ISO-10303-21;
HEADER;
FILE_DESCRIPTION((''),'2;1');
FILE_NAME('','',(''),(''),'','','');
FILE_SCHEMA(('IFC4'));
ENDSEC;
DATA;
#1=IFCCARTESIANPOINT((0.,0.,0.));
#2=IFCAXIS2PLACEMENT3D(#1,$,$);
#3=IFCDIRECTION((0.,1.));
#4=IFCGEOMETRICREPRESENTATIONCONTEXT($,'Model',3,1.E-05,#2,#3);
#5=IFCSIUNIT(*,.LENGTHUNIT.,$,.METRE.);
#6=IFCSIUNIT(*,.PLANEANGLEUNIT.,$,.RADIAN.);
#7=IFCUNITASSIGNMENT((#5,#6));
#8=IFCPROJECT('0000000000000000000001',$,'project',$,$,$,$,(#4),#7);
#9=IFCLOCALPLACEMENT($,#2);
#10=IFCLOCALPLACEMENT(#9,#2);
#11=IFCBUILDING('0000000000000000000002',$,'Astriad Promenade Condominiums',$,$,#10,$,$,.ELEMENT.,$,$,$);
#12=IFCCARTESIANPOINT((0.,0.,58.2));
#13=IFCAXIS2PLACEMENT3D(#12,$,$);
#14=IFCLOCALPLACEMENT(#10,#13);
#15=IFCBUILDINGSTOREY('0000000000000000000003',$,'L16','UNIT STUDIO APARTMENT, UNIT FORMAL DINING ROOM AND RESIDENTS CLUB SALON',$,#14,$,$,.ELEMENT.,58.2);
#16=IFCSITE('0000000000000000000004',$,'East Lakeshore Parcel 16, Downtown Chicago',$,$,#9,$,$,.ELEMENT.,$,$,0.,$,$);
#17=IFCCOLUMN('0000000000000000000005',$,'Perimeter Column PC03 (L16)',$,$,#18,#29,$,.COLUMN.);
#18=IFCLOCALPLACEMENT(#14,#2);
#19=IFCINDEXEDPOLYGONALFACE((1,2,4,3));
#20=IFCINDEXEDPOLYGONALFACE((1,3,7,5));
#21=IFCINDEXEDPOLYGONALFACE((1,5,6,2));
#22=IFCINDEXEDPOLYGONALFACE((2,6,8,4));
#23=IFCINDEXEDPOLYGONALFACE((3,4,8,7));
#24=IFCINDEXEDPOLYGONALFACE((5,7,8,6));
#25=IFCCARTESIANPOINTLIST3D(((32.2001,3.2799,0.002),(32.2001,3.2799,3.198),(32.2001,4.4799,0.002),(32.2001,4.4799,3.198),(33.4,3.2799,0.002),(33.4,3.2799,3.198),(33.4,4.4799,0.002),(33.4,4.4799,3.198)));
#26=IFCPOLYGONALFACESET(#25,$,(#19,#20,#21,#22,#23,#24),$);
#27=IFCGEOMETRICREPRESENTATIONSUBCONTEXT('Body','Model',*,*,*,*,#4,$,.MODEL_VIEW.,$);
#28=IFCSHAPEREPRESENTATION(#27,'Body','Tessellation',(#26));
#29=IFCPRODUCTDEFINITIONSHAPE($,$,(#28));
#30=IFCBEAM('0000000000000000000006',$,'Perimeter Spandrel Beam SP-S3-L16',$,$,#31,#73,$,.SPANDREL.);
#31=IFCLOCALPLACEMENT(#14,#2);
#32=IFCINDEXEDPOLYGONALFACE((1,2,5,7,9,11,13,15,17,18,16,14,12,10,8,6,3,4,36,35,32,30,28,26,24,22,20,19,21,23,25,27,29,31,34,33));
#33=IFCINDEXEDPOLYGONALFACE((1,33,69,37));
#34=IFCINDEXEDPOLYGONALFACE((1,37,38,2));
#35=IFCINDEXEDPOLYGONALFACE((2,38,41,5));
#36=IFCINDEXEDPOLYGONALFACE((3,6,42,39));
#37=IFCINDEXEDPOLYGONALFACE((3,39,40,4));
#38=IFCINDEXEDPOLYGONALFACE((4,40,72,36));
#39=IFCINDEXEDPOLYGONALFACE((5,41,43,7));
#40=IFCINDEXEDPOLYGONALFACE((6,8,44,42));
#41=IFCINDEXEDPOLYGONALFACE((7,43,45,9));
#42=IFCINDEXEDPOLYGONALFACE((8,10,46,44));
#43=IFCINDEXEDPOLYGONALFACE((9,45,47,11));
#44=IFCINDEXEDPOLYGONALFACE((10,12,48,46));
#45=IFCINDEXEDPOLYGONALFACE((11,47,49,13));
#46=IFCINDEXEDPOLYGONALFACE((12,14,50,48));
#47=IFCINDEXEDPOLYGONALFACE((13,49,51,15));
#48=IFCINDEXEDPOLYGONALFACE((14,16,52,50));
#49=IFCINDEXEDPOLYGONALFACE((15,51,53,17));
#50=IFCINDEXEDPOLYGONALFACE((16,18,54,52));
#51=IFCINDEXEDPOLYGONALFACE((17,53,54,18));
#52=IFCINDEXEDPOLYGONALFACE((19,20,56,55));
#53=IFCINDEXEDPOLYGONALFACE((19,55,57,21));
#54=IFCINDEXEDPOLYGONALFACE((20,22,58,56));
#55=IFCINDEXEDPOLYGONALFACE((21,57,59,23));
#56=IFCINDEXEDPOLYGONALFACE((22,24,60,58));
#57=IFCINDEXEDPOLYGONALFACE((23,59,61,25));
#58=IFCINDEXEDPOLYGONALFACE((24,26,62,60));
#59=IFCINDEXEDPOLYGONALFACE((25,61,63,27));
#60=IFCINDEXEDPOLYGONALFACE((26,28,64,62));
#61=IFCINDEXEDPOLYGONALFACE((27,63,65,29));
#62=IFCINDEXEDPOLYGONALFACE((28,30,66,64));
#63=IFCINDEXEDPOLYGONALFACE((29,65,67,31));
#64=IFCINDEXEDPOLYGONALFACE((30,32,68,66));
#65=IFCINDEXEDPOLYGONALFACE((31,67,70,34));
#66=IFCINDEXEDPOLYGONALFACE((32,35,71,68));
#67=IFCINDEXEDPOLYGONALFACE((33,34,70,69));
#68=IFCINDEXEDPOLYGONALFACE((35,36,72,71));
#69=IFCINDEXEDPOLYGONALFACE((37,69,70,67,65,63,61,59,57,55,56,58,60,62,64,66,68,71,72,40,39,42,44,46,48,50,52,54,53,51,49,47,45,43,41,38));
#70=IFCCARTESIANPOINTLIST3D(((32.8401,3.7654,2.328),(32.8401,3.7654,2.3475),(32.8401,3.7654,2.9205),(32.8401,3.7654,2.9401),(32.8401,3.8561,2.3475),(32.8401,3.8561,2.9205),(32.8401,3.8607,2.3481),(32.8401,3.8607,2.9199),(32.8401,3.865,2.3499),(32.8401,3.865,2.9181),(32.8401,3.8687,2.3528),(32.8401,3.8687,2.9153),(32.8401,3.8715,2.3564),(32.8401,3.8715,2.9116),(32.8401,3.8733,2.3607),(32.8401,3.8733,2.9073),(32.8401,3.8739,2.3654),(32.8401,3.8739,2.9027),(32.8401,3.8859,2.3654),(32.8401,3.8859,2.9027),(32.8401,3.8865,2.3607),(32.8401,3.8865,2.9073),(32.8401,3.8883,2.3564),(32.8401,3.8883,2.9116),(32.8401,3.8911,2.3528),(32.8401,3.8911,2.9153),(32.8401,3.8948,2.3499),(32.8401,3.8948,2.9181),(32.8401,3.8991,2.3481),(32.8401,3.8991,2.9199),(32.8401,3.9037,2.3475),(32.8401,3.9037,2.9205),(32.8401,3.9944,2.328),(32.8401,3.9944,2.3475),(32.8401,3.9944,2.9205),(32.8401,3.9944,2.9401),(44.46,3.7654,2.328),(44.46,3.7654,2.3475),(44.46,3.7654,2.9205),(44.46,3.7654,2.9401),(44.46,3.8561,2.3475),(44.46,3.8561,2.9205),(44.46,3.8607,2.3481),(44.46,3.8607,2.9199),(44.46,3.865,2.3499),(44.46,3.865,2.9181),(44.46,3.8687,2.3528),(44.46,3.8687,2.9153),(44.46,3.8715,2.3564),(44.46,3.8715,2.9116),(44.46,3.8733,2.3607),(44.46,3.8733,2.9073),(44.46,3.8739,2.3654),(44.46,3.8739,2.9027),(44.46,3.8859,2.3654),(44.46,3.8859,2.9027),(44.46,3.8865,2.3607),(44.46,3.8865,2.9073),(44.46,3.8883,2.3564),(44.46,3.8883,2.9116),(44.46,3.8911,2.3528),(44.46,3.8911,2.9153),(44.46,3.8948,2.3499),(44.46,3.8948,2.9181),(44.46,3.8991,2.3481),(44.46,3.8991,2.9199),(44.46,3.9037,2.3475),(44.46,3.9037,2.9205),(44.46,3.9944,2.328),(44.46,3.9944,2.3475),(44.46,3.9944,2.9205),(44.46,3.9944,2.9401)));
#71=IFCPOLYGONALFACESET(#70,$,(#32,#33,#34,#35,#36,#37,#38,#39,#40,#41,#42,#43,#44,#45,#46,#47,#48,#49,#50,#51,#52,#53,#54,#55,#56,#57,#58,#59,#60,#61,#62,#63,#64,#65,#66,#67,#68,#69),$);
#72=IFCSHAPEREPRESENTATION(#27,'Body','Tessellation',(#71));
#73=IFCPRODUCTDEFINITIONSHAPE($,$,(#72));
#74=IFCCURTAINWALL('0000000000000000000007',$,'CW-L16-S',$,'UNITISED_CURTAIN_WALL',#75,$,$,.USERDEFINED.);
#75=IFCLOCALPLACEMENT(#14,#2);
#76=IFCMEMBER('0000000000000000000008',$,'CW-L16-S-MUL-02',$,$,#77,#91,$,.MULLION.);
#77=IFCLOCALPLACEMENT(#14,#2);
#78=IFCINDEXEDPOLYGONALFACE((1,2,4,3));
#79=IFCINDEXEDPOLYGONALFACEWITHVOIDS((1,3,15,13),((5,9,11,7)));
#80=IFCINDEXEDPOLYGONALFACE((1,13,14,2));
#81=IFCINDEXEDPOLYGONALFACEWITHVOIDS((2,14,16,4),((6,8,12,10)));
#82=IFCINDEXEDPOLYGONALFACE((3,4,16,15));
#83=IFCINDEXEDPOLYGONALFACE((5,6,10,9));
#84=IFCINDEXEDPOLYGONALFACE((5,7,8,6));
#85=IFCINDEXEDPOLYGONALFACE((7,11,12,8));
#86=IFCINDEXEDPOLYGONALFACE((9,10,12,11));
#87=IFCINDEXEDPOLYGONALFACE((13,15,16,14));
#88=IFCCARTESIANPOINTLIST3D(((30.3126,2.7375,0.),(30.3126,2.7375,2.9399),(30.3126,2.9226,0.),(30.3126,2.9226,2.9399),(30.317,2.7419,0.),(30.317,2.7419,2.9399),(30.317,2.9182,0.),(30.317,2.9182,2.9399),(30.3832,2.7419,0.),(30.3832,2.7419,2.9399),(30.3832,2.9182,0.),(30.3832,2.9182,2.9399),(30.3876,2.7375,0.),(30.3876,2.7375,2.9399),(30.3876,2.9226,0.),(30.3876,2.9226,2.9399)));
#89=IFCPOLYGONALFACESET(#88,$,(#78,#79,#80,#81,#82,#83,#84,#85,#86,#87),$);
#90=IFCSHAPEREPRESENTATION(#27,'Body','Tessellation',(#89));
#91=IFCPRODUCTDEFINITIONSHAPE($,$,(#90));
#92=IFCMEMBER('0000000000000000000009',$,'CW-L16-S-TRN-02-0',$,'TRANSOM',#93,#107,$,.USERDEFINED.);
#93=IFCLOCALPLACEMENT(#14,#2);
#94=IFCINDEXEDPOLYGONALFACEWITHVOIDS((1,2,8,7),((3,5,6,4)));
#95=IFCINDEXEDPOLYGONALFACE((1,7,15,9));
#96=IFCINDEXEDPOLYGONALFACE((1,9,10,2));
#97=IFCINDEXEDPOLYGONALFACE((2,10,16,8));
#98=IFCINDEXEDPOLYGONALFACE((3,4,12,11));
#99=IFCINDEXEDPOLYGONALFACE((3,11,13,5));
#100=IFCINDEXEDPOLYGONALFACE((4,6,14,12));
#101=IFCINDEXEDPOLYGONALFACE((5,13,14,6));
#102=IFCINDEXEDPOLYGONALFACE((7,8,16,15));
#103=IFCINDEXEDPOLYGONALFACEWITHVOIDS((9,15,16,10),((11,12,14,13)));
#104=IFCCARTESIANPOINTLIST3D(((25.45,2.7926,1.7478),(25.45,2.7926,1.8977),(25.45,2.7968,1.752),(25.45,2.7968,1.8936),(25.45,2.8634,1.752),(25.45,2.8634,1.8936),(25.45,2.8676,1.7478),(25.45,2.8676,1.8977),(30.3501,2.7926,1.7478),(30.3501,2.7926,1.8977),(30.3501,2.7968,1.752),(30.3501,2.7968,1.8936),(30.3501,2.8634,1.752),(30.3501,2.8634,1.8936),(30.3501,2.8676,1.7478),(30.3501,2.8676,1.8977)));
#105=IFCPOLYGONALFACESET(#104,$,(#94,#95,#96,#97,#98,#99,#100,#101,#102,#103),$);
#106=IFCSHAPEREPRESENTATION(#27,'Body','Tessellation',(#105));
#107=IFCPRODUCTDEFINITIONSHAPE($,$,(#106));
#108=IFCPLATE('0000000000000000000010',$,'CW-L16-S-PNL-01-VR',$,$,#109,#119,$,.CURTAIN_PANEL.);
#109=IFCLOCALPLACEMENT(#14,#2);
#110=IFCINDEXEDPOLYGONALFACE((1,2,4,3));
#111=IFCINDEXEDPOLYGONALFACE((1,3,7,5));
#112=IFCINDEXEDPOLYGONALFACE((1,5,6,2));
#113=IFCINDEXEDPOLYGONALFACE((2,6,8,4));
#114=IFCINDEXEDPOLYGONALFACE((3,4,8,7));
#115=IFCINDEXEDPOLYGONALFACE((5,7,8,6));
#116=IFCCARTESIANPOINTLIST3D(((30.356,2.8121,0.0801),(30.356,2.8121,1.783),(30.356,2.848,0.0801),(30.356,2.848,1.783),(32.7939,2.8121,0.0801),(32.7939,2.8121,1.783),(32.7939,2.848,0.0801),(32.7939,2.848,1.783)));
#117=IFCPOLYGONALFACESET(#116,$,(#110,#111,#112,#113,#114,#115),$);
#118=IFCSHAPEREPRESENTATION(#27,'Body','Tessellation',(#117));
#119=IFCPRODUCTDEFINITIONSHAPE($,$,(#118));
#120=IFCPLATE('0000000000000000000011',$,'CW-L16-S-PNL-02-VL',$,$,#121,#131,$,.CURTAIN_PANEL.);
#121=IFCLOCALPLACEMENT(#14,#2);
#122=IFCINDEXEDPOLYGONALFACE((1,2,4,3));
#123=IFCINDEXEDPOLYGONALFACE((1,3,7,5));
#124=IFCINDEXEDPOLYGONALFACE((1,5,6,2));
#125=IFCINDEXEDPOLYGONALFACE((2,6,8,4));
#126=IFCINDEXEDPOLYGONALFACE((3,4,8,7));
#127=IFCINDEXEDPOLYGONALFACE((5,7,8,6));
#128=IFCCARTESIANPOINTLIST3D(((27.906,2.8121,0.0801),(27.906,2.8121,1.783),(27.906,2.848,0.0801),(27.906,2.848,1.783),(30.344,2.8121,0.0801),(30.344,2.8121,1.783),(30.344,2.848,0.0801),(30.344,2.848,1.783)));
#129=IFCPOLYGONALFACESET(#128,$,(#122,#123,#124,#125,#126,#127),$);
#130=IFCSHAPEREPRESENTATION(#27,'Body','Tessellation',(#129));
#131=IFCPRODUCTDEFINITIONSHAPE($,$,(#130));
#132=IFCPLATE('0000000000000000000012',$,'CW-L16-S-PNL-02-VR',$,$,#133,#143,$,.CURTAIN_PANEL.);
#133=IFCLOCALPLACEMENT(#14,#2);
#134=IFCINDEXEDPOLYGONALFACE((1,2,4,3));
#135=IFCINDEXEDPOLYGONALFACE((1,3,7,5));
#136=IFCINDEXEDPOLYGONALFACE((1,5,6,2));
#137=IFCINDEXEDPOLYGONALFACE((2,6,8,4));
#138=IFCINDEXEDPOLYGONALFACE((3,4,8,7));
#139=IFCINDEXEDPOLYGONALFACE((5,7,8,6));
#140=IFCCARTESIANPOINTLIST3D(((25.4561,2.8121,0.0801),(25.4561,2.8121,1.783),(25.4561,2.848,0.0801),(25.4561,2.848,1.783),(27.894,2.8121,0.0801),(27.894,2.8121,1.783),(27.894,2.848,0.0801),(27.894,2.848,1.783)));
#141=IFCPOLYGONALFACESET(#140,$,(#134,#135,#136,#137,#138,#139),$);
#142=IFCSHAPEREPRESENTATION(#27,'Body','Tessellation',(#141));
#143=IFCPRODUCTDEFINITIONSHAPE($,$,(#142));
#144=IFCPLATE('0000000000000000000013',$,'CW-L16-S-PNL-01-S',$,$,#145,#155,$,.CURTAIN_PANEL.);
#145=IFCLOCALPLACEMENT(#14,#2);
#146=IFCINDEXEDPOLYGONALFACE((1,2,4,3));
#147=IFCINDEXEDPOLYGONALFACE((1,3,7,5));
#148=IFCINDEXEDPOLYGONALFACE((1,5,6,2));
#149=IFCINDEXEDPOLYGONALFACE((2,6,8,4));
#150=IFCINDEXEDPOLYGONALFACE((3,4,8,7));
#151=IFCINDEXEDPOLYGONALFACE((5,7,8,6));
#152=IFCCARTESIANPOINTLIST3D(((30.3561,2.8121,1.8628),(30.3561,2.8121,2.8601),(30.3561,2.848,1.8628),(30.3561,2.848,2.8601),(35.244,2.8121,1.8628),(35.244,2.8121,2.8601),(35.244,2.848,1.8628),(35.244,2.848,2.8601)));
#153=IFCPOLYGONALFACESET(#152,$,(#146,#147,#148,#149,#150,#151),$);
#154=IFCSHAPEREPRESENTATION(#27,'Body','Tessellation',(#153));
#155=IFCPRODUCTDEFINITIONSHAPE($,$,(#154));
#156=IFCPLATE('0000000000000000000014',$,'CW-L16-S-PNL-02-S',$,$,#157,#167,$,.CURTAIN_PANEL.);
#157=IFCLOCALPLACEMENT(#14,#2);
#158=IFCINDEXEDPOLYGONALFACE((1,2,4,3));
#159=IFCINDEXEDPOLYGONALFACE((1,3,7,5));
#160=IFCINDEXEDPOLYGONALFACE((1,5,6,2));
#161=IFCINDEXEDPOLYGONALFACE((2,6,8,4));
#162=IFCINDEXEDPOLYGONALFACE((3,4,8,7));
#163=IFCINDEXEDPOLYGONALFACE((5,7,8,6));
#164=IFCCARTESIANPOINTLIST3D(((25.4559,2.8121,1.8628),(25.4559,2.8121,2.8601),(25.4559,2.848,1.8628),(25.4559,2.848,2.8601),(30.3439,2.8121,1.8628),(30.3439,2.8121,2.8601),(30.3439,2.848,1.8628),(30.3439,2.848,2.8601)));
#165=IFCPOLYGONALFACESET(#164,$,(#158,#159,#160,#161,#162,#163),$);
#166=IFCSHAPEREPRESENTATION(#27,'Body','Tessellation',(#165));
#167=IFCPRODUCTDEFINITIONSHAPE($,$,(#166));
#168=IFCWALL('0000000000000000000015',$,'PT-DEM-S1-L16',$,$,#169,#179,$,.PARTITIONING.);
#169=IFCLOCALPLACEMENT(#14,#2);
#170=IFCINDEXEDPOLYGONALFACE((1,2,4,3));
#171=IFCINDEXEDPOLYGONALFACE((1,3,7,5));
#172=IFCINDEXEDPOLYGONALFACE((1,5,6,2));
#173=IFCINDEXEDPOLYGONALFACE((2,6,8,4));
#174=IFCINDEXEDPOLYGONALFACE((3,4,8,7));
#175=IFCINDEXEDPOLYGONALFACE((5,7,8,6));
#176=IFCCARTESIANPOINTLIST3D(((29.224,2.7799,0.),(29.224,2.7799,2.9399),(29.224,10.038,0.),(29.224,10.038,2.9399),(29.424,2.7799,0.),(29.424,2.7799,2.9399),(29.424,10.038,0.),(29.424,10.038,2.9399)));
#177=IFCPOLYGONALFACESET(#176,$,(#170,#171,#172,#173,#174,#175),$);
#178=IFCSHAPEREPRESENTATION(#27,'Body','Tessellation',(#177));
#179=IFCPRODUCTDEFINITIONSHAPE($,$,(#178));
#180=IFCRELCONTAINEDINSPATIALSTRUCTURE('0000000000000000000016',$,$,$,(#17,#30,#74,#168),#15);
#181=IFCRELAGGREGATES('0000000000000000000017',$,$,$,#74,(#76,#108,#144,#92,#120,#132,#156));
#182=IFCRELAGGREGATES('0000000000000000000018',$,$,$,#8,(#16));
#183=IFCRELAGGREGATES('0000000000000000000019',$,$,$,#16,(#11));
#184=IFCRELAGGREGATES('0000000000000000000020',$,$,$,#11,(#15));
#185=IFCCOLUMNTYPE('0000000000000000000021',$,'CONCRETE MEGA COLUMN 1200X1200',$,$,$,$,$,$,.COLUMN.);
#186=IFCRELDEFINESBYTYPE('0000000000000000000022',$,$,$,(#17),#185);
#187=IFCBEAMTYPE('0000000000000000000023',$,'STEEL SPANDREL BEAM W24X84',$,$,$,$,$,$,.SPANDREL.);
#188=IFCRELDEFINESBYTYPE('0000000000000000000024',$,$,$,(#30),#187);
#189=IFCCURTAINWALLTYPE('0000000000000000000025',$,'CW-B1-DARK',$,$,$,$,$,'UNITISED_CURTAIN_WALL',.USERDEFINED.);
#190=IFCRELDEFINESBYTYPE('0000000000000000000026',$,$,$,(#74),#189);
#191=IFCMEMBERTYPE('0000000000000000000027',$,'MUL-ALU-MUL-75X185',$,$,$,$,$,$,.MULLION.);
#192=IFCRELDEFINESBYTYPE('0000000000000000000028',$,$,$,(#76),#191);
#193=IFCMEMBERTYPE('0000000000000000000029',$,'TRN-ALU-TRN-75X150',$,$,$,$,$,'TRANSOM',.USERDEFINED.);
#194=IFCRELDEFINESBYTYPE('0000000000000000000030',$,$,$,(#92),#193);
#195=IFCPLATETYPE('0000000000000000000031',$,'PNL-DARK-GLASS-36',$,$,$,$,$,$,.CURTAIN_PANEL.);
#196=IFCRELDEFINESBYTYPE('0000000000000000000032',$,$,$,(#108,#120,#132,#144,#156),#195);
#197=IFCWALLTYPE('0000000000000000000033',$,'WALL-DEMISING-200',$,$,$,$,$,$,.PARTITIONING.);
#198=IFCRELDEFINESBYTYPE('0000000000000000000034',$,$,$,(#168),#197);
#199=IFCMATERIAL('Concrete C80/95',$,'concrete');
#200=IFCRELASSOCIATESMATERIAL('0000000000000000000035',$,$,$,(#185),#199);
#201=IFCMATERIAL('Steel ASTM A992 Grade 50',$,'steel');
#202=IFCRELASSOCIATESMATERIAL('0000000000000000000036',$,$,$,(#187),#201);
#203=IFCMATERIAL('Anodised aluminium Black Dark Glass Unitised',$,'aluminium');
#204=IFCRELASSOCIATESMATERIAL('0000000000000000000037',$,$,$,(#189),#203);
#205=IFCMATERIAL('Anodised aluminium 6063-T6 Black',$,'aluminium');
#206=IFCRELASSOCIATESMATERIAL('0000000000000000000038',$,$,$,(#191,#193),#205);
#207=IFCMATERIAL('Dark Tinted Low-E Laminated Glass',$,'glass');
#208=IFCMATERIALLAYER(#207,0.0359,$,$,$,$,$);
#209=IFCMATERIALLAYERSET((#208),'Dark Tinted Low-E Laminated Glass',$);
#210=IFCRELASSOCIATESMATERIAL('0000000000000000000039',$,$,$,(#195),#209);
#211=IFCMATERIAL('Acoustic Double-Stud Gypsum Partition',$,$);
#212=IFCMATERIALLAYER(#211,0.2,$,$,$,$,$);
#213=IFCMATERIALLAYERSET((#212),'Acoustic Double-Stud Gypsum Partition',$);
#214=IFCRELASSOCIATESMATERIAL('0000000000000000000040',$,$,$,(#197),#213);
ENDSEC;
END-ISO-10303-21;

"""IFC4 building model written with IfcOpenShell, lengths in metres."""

from ifc_helpers import new_model, si_unit, direction, frame, frame_2d, origin, origin_2d, place, context, subcontext, project, spatial, rectangle, hollow_rectangle, i_section, extrude, source, transform, mapped, material, layer, layer_set, material_profile, profile_set, type_object, type_shapes, element, aggregate, save


model = new_model("IFC4")

# Units and contexts
model_context = context("Model", 3, precision=1e-05, world=origin(), true_north=direction((0.0, 1.0)))
body_context = subcontext(model_context, "Body", "Model", "MODEL_VIEW")
ifc_project = project(units=[si_unit("LENGTHUNIT", "METRE"), si_unit("PLANEANGLEUNIT", "RADIAN")], contexts=[model_context])

# Site, building, storey
site_placement = place(None, origin())
site = spatial("IfcSite", under=ifc_project, at=site_placement, Name="East Lakeshore Parcel 16, Downtown Chicago", CompositionType="ELEMENT", RefElevation=0.0)
building_placement = place(site_placement, origin())
building = spatial("IfcBuilding", under=site, at=building_placement, Name="Astriad Promenade Condominiums", CompositionType="ELEMENT")
storey_placement = place(building_placement, frame((0.0, 0.0, 58.2)))
storey = spatial("IfcBuildingStorey", under=building, at=storey_placement, Name="L16", Description="UNIT STUDIO APARTMENT, UNIT FORMAL DINING ROOM AND RESIDENTS CLUB SALON", CompositionType="ELEMENT", Elevation=58.2)

# Column
ifc_material_1 = material(Name="Concrete C80/95", Category="concrete")
ifc_material_profile_1 = material_profile(ifc_material_1, rectangle(XDim=1.2, YDim=1.2, at=origin_2d()), Name="RC-COL-1200X1200")
ifc_profile_set_1 = profile_set([ifc_material_profile_1], Name="Concrete C80/95")
column_type = type_object("IfcColumnType", Name="CONCRETE MEGA COLUMN 1200X1200", PredefinedType="COLUMN", material=ifc_profile_set_1)
shared_shape_1 = source(origin(), body_context, "Body", "SweptSolid", [
    extrude(rectangle(XDim=1.2, YDim=1.2, at=origin_2d()), origin(), (0.0, 0.0, 1.0), 3.196),
])
type_shapes(column_type, [shared_shape_1])
column_placement = place(storey_placement, frame((32.8, 3.8799, 0.002), z_axis=(0.0, 0.0, 1.0), x_axis=(1.0, 0.0, 0.0)))
element("IfcColumn", 1, at=column_placement, inside=storey, type_object=column_type, Name="Perimeter Column PC03 (L16)", PredefinedType="COLUMN", context=body_context, shape_type="MappedRepresentation", body=[
    mapped(shared_shape_1, transform((0.0, 0.0, 0.0), scale=1.0)),
])

# Beam
ifc_material_2 = material(Name="Steel ASTM A992 Grade 50", Category="steel")
ifc_material_profile_2 = material_profile(ifc_material_2, i_section(OverallWidth=0.229, OverallDepth=0.6121, WebThickness=0.012, FlangeThickness=0.0195, FilletRadius=0.0178, at=origin_2d()), Name="W24X84")
ifc_profile_set_2 = profile_set([ifc_material_profile_2], Name="Steel ASTM A992 Grade 50")
beam_type = type_object("IfcBeamType", Name="STEEL SPANDREL BEAM W24X84", PredefinedType="SPANDREL", material=ifc_profile_set_2)
shared_shape_2 = source(origin(), body_context, "Body", "SweptSolid", [
    extrude(i_section(OverallWidth=0.229, OverallDepth=0.6121, WebThickness=0.012, FlangeThickness=0.0195, FilletRadius=0.0178, at=origin_2d()), origin(), (0.0, 0.0, 1.0), 11.6199),
])
type_shapes(beam_type, [shared_shape_2])
beam_placement = place(storey_placement, frame((32.8401, 3.8799, 2.634), z_axis=(1.0, 0.0, 0.0), x_axis=(0.0, 1.0, 0.0)))
element("IfcBeam", 2, at=beam_placement, inside=storey, type_object=beam_type, Name="Perimeter Spandrel Beam SP-S3-L16", PredefinedType="SPANDREL", context=body_context, shape_type="MappedRepresentation", body=[
    mapped(shared_shape_2, transform((0.0, 0.0, 0.0), scale=1.0)),
])

# Curtain wall, members, plates
ifc_material_3 = material(Name="Anodised aluminium Black Dark Glass Unitised", Category="aluminium")
curtain_wall_type = type_object("IfcCurtainWallType", Name="CW-B1-DARK", ElementType="UNITISED_CURTAIN_WALL", PredefinedType="USERDEFINED", material=ifc_material_3)
curtain_wall_placement = place(storey_placement, origin())
curtain_wall = element("IfcCurtainWall", 3, at=curtain_wall_placement, inside=storey, type_object=curtain_wall_type, Name="CW-L16-S", ObjectType="UNITISED_CURTAIN_WALL", PredefinedType="USERDEFINED")
ifc_material_4 = material(Name="Anodised aluminium 6063-T6 Black", Category="aluminium")
ifc_material_profile_3 = material_profile(ifc_material_4, hollow_rectangle(XDim=0.075, YDim=0.1851, WallThickness=0.0044, at=origin_2d()), Name="ALU-MUL-75X185")
ifc_profile_set_3 = profile_set([ifc_material_profile_3], Name="Anodised aluminium 6063-T6 Black")
member_type_1 = type_object("IfcMemberType", Name="MUL-ALU-MUL-75X185", PredefinedType="MULLION", material=ifc_profile_set_3)
shared_shape_3 = source(origin(), body_context, "Body", "SweptSolid", [
    extrude(hollow_rectangle(XDim=0.075, YDim=0.1851, WallThickness=0.0044, at=origin_2d()), origin(), (0.0, 0.0, 1.0), 2.9399),
])
type_shapes(member_type_1, [shared_shape_3])
member_1_placement = place(storey_placement, frame((30.3501, 2.8301, 0.0), z_axis=(0.0, 0.0, 1.0), x_axis=(1.0, 0.0, 0.0)))
member_1 = element("IfcMember", 4, at=member_1_placement, type_object=member_type_1, Name="CW-L16-S-MUL-02", PredefinedType="MULLION", context=body_context, shape_type="MappedRepresentation", body=[
    mapped(shared_shape_3, transform((0.0, 0.0, 0.0), scale=1.0)),
])
ifc_material_profile_4 = material_profile(ifc_material_4, hollow_rectangle(XDim=0.075, YDim=0.1499, WallThickness=0.0042, at=origin_2d()), Name="ALU-TRN-75X150")
ifc_profile_set_4 = profile_set([ifc_material_profile_4], Name="Anodised aluminium 6063-T6 Black")
member_type_2 = type_object("IfcMemberType", Name="TRN-ALU-TRN-75X150", ElementType="TRANSOM", PredefinedType="USERDEFINED", material=ifc_profile_set_4)
shared_shape_4 = source(origin(), body_context, "Body", "SweptSolid", [
    extrude(hollow_rectangle(XDim=0.075, YDim=0.1499, WallThickness=0.0042, at=origin_2d()), origin(), (0.0, 0.0, 1.0), 4.9001),
])
type_shapes(member_type_2, [shared_shape_4])
member_2_placement = place(storey_placement, frame((30.3501, 2.8301, 1.8228), z_axis=(-1.0, 0.0, 0.0), x_axis=(0.0, -1.0, 0.0)))
member_2 = element("IfcMember", 5, at=member_2_placement, type_object=member_type_2, Name="CW-L16-S-TRN-02-0", ObjectType="TRANSOM", PredefinedType="USERDEFINED", context=body_context, shape_type="MappedRepresentation", body=[
    mapped(shared_shape_4, transform((0.0, 0.0, 0.0), scale=1.0)),
])
ifc_material_5 = material(Name="Dark Tinted Low-E Laminated Glass", Category="glass")
ifc_layer_1 = layer(ifc_material_5, 0.0359)
ifc_layer_set_1 = layer_set([ifc_layer_1], Name="Dark Tinted Low-E Laminated Glass")
plate_type = type_object("IfcPlateType", Name="PNL-DARK-GLASS-36", PredefinedType="CURTAIN_PANEL", material=ifc_layer_set_1)
shared_shape_5 = source(origin(), body_context, "Body", "SweptSolid", [
    extrude(rectangle(XDim=2.438, YDim=0.0359, at=origin_2d()), origin(), (0.0, 0.0, 1.0), 1.7029),
])
plate_1_placement = place(storey_placement, frame((31.575, 2.8301, 0.0801), z_axis=(0.0, 0.0, 1.0), x_axis=(-1.0, 0.0, 0.0)))
plate_1 = element("IfcPlate", 6, at=plate_1_placement, type_object=plate_type, Name="CW-L16-S-PNL-01-VR", PredefinedType="CURTAIN_PANEL", context=body_context, shape_type="MappedRepresentation", body=[
    mapped(shared_shape_5, transform((0.0, 0.0, 0.0), scale=1.0)),
])
plate_2_placement = place(storey_placement, frame((29.125, 2.8301, 0.0801), z_axis=(0.0, 0.0, 1.0), x_axis=(-1.0, 0.0, 0.0)))
plate_2 = element("IfcPlate", 7, at=plate_2_placement, type_object=plate_type, Name="CW-L16-S-PNL-02-VL", PredefinedType="CURTAIN_PANEL", context=body_context, shape_type="MappedRepresentation", body=[
    mapped(shared_shape_5, transform((0.0, 0.0, 0.0), scale=1.0)),
])
plate_3_placement = place(storey_placement, frame((26.675, 2.8301, 0.0801), z_axis=(0.0, 0.0, 1.0), x_axis=(-1.0, 0.0, 0.0)))
plate_3 = element("IfcPlate", 8, at=plate_3_placement, type_object=plate_type, Name="CW-L16-S-PNL-02-VR", PredefinedType="CURTAIN_PANEL", context=body_context, shape_type="MappedRepresentation", body=[
    mapped(shared_shape_5, transform((0.0, 0.0, 0.0), scale=1.0)),
])
shared_shape_6 = source(origin(), body_context, "Body", "SweptSolid", [
    extrude(rectangle(XDim=4.8879, YDim=0.0359, at=origin_2d()), origin(), (0.0, 0.0, 1.0), 0.9973),
])
type_shapes(plate_type, [shared_shape_5, shared_shape_6])
plate_4_placement = place(storey_placement, frame((32.8, 2.8301, 1.8628), z_axis=(0.0, 0.0, 1.0), x_axis=(-1.0, 0.0, 0.0)))
plate_4 = element("IfcPlate", 9, at=plate_4_placement, type_object=plate_type, Name="CW-L16-S-PNL-01-S", PredefinedType="CURTAIN_PANEL", context=body_context, shape_type="MappedRepresentation", body=[
    mapped(shared_shape_6, transform((0.0, 0.0, 0.0), scale=1.0)),
])
plate_5_placement = place(storey_placement, frame((27.8999, 2.8301, 1.8628), z_axis=(0.0, 0.0, 1.0), x_axis=(-1.0, 0.0, 0.0)))
plate_5 = element("IfcPlate", 10, at=plate_5_placement, type_object=plate_type, Name="CW-L16-S-PNL-02-S", PredefinedType="CURTAIN_PANEL", context=body_context, shape_type="MappedRepresentation", body=[
    mapped(shared_shape_6, transform((0.0, 0.0, 0.0), scale=1.0)),
])
aggregate(curtain_wall, [member_1, plate_1, plate_4, member_2, plate_2, plate_3, plate_5])

# Wall
ifc_material_6 = material(Name="Acoustic Double-Stud Gypsum Partition")
ifc_layer_2 = layer(ifc_material_6, 0.2)
ifc_layer_set_2 = layer_set([ifc_layer_2], Name="Acoustic Double-Stud Gypsum Partition")
wall_type_1 = type_object("IfcWallType", Name="WALL-DEMISING-200", PredefinedType="PARTITIONING", material=ifc_layer_set_2)
wall_1_placement = place(storey_placement, frame((29.324, 2.78, 0.0), z_axis=(0.0, 0.0, 1.0), x_axis=(0.0, 1.0, 0.0)))
element("IfcWall", 11, at=wall_1_placement, inside=storey, type_object=wall_type_1, Name="PT-DEM-S1-L16", PredefinedType="PARTITIONING", context=body_context, shape_type="SweptSolid", body=[
    extrude(rectangle(XDim=7.2581, YDim=0.2, at=frame_2d((3.6289, 0.0))), origin(), (0.0, 0.0, 1.0), 2.9399),
])

save(model, "model.ifc")
